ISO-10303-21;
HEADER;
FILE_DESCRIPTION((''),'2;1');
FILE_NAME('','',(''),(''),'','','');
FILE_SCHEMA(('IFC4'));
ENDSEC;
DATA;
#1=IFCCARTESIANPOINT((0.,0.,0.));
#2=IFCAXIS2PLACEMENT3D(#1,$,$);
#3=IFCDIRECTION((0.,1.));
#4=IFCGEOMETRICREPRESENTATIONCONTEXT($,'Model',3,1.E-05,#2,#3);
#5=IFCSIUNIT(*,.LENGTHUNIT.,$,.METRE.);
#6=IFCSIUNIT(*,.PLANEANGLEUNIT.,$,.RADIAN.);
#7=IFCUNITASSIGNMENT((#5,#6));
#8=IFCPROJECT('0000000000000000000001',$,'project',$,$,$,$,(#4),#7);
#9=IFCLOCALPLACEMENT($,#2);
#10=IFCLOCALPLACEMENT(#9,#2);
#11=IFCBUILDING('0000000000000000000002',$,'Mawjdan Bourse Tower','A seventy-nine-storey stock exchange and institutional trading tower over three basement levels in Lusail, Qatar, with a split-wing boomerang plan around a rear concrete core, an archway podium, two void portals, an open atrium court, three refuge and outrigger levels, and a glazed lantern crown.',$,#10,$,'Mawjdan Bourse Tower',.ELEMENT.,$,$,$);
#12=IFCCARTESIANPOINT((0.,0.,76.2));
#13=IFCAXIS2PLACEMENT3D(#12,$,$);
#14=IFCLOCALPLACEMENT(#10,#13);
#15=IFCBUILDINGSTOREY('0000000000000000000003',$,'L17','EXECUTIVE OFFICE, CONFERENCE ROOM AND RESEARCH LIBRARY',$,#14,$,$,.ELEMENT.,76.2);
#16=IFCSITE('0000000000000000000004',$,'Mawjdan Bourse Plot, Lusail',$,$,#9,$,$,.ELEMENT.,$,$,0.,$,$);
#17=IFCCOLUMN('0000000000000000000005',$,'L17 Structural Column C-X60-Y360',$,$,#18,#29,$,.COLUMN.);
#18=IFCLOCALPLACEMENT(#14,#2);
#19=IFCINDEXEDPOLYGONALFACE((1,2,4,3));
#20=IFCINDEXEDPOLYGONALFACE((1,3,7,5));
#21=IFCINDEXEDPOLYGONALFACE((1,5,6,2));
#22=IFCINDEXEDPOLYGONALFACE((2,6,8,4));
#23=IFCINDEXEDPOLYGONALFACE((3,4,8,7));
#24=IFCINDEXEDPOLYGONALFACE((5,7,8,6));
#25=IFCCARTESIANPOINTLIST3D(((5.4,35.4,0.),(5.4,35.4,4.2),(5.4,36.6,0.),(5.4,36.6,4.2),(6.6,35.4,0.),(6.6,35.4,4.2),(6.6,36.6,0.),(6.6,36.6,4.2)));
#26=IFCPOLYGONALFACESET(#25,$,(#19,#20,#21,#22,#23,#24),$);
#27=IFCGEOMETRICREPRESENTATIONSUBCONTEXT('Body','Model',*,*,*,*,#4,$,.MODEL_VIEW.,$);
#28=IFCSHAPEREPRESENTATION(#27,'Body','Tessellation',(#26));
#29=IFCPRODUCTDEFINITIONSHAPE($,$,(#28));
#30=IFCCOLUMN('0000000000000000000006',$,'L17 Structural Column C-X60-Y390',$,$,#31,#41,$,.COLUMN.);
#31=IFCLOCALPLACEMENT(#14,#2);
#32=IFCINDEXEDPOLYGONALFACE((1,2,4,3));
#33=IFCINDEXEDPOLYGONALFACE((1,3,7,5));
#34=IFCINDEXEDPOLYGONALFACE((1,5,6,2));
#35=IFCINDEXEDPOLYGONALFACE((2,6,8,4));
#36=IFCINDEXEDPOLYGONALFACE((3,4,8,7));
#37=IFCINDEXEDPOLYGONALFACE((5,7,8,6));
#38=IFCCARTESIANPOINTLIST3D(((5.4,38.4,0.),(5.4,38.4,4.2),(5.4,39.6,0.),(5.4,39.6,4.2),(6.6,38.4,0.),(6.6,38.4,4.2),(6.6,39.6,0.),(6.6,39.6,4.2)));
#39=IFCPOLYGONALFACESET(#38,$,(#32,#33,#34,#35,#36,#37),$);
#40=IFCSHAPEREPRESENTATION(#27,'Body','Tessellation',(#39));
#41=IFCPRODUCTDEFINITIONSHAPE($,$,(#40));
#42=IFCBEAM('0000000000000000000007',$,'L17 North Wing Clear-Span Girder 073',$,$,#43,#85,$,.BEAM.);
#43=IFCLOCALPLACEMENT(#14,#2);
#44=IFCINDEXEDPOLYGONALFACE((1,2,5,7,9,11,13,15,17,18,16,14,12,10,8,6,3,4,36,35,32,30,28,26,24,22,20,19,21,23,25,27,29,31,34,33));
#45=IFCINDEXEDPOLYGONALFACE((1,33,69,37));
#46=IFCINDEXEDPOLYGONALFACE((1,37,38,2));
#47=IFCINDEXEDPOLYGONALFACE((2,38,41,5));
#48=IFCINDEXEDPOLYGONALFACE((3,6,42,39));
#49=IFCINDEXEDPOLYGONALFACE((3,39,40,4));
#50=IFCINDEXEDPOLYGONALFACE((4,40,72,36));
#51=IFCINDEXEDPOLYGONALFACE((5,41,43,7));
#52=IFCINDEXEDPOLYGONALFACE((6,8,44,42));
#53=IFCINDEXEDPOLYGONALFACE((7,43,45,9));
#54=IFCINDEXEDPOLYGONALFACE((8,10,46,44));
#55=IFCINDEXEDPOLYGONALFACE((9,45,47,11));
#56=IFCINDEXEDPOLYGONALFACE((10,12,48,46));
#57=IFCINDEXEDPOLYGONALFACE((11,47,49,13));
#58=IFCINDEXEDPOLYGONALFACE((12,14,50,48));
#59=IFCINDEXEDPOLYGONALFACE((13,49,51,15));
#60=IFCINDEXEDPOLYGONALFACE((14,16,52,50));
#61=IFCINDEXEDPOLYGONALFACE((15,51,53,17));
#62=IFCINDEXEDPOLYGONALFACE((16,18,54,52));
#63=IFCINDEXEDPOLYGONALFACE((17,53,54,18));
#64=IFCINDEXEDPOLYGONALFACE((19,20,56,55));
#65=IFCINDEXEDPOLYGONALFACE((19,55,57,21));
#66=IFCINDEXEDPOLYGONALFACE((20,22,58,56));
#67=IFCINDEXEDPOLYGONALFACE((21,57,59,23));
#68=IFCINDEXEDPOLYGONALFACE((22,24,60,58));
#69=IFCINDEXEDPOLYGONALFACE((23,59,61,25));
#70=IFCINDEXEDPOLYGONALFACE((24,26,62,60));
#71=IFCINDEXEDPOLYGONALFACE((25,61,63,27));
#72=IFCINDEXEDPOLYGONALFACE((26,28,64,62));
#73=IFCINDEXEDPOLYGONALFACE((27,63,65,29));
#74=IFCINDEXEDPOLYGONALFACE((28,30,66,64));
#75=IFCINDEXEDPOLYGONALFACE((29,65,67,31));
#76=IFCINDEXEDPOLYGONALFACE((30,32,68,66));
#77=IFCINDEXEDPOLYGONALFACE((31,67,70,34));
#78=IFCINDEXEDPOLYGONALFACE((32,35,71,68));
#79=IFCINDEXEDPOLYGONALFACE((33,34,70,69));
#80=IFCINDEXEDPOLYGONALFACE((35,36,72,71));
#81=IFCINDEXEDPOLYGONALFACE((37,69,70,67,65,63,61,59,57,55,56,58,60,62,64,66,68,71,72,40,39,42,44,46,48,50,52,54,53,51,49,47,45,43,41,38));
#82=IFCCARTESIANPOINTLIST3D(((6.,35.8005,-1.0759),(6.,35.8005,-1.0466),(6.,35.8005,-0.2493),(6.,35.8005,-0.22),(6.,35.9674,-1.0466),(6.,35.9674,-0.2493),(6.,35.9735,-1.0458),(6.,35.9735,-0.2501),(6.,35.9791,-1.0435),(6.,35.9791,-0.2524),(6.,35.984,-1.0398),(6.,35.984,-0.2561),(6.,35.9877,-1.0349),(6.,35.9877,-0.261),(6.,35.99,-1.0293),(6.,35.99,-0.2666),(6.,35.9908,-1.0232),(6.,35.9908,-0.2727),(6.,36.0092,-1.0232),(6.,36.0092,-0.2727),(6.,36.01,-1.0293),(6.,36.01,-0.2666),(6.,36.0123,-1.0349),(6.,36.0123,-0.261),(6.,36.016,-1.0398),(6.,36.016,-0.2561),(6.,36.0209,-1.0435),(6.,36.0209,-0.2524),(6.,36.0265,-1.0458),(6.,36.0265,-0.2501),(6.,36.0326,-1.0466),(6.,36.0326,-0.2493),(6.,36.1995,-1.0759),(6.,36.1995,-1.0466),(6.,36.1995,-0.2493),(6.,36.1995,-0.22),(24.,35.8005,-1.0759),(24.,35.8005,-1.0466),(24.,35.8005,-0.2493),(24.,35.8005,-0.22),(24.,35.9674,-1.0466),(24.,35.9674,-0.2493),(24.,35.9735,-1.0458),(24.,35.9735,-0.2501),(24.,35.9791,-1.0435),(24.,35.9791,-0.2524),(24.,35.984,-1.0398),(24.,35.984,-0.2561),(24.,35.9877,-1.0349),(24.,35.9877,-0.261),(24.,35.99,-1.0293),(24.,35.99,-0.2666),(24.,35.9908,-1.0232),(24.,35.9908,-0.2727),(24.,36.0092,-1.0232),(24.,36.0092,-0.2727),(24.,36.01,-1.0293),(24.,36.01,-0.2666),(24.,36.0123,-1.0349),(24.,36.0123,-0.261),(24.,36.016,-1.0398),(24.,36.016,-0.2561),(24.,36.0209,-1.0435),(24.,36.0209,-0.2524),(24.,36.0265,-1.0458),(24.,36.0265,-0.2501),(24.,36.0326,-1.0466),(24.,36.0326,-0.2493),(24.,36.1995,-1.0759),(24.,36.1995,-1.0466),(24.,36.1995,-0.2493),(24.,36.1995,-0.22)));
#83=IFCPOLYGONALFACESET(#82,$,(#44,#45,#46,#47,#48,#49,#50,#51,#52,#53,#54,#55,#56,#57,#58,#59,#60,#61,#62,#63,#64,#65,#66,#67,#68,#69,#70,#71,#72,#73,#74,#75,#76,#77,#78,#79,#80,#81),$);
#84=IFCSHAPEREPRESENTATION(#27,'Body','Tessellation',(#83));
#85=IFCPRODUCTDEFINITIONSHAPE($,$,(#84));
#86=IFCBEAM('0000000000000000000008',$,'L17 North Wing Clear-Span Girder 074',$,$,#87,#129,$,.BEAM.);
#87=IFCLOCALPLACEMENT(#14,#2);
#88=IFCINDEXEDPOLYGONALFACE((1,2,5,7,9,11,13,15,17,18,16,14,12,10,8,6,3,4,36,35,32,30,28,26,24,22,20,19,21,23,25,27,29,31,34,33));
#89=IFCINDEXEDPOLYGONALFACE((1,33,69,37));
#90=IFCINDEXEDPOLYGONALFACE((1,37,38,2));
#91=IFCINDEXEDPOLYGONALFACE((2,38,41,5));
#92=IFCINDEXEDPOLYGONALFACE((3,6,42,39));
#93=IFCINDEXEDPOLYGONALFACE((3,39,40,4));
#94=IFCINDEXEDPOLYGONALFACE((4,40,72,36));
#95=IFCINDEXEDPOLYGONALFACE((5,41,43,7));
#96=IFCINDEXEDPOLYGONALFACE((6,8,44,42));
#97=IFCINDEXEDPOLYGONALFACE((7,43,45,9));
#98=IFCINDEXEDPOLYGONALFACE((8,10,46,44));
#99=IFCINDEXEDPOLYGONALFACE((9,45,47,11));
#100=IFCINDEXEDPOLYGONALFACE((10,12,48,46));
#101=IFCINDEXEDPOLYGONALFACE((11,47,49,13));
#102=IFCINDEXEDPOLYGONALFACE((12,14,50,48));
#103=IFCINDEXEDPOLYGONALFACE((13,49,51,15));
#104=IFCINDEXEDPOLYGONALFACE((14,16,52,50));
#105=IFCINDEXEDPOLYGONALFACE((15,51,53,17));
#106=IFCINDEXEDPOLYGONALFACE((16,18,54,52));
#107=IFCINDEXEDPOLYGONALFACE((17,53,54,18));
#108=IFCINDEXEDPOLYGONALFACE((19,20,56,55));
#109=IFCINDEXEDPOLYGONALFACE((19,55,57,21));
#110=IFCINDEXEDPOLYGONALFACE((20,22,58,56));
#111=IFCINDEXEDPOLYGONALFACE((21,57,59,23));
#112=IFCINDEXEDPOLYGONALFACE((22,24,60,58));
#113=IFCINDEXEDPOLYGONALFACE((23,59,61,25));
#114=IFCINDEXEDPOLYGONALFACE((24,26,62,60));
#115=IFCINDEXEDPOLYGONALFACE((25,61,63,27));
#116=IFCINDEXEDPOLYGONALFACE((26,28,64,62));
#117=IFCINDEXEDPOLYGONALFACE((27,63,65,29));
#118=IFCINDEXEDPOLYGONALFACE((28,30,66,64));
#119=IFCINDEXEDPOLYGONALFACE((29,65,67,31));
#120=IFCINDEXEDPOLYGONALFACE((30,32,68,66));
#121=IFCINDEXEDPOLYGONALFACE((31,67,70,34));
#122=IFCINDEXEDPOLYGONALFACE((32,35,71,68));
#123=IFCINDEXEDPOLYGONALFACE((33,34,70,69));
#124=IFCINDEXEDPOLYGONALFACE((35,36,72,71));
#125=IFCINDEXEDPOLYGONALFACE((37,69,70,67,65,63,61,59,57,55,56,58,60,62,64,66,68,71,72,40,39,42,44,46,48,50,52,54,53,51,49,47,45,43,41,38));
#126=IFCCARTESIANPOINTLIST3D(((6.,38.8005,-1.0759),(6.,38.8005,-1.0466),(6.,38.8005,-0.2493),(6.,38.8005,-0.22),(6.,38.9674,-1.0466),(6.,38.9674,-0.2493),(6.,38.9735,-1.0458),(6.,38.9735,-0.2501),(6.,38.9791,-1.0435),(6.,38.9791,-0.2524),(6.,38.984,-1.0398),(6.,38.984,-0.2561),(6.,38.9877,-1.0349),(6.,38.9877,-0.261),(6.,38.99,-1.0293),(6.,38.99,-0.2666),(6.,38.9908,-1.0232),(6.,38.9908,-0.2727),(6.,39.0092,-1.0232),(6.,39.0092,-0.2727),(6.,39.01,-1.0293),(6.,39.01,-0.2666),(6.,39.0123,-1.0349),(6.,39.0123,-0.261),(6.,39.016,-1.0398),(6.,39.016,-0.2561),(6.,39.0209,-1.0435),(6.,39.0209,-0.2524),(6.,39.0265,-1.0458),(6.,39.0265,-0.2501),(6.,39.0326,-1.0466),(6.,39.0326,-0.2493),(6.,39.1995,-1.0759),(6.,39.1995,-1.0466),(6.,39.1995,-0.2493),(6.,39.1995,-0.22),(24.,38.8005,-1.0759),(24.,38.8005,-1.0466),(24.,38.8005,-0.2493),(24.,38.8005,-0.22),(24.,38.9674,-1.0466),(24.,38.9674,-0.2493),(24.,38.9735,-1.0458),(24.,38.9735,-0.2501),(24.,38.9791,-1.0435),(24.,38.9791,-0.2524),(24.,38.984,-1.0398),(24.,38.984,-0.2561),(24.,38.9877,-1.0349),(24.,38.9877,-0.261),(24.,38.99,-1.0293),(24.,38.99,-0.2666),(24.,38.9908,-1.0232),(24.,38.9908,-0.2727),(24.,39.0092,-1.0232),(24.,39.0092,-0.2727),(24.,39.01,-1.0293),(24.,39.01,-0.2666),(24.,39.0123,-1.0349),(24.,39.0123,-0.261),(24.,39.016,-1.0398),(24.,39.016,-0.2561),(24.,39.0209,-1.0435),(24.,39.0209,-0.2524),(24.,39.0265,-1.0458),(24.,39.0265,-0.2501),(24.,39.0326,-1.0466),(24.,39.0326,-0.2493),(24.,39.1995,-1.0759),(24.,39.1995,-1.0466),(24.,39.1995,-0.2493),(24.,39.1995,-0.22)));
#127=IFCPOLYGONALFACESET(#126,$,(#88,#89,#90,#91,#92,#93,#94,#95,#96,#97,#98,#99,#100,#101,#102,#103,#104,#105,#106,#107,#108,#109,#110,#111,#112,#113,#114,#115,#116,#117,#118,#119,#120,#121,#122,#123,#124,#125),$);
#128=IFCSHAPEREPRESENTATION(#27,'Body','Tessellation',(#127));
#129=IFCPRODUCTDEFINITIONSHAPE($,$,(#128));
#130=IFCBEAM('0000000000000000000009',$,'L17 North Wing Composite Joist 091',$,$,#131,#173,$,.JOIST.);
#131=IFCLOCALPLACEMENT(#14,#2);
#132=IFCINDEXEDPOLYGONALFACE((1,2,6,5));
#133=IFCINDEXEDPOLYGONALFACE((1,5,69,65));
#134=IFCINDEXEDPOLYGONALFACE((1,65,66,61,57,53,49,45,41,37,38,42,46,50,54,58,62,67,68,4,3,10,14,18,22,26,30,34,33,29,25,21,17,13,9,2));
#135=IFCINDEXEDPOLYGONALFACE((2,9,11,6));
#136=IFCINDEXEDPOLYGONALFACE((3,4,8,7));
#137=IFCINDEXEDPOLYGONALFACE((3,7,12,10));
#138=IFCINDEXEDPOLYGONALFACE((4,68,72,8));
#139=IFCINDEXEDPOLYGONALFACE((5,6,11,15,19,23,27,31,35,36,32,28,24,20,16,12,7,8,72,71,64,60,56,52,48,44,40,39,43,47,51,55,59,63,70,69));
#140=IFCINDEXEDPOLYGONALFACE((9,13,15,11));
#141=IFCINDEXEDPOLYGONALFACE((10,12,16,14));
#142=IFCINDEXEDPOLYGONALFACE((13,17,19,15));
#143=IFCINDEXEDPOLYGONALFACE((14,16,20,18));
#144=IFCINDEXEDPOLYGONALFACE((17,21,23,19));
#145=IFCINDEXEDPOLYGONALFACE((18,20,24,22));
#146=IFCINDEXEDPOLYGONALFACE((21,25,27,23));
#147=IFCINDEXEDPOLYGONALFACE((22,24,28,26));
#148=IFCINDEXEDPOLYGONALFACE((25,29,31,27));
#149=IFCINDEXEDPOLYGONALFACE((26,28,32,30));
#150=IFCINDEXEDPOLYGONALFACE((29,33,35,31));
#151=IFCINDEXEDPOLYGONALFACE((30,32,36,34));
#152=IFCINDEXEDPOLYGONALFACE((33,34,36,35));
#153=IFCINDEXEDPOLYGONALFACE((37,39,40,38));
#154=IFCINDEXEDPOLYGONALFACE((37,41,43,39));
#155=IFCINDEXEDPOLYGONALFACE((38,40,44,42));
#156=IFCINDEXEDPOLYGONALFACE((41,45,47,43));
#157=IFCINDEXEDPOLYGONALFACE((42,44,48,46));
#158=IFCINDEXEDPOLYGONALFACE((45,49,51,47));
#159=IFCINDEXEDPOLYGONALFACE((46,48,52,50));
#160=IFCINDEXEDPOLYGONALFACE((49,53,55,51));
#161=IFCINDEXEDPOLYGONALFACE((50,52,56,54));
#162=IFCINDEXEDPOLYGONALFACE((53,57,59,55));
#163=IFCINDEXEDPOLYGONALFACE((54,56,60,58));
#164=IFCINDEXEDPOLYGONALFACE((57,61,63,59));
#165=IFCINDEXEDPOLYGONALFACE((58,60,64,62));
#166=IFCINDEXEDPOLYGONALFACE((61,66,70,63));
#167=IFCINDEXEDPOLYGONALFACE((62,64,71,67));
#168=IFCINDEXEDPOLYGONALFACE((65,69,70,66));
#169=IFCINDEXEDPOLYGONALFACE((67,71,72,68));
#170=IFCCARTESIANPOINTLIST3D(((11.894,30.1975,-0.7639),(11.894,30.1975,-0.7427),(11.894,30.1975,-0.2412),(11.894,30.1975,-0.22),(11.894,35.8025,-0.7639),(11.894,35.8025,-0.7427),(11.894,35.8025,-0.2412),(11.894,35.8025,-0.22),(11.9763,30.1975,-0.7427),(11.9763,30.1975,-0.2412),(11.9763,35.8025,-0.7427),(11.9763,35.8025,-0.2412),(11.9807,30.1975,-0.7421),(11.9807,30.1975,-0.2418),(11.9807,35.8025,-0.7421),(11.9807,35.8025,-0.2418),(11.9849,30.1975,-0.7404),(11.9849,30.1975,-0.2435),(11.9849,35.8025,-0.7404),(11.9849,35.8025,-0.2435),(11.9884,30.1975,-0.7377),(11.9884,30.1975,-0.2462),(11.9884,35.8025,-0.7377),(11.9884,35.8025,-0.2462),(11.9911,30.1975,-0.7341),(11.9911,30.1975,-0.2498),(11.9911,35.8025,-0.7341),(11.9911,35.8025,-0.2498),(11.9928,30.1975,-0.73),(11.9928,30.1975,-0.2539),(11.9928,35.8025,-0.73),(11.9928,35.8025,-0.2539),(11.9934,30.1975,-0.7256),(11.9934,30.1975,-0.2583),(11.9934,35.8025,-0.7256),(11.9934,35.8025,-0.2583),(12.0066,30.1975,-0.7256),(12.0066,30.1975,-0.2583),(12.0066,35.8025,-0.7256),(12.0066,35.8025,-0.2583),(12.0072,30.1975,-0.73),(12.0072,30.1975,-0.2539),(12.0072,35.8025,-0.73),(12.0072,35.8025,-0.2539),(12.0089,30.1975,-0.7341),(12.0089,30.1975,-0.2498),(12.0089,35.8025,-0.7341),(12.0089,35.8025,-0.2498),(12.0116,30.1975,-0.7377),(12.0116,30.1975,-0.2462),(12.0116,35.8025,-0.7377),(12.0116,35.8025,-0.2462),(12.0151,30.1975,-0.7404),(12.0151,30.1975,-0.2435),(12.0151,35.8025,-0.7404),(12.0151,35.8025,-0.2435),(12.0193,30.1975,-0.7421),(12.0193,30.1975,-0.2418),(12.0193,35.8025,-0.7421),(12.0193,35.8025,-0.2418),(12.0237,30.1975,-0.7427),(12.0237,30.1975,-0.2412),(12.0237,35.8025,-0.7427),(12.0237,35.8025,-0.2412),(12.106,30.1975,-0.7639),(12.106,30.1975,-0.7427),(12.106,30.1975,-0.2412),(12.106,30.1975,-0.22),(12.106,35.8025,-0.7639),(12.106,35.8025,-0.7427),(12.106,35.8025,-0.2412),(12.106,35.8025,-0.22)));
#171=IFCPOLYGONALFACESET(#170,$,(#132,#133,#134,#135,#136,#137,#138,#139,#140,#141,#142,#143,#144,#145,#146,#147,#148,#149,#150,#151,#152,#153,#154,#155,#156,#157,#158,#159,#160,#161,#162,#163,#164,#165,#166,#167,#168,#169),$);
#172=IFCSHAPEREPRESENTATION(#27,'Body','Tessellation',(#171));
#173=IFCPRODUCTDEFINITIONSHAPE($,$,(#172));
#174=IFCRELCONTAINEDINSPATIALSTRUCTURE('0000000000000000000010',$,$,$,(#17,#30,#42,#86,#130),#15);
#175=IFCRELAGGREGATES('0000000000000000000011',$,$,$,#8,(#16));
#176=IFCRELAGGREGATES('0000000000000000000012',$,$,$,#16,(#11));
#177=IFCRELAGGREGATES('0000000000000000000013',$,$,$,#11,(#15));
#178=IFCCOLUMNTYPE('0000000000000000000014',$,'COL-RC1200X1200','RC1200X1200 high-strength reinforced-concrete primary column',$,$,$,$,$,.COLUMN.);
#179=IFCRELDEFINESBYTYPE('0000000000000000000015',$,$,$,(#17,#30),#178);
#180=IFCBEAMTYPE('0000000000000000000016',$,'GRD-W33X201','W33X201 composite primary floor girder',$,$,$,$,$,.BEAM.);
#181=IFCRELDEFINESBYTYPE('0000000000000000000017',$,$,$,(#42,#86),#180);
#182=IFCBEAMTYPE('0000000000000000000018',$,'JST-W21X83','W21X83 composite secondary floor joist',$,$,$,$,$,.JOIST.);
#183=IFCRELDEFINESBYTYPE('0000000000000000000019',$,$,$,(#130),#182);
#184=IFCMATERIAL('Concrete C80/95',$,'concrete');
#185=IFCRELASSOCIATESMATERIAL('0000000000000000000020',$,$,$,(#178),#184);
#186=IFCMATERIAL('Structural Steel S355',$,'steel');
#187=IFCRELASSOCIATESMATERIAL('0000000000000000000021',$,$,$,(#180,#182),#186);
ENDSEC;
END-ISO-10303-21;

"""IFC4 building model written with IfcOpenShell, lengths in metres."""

from ifc_helpers import new_model, si_unit, direction, frame, origin, origin_2d, place, context, subcontext, project, spatial, rectangle, i_section, extrude, material, material_profile, profile_set, type_object, element, save


model = new_model("IFC4")

# Units and contexts
model_context = context("Model", 3, precision=1e-05, world=origin(), true_north=direction((0.0, 1.0)))
body_context = subcontext(model_context, "Body", "Model", "MODEL_VIEW")
ifc_project = project(units=[si_unit("LENGTHUNIT", "METRE"), si_unit("PLANEANGLEUNIT", "RADIAN")], contexts=[model_context])

# Site, building, storey
site_placement = place(None, origin())
site = spatial("IfcSite", under=ifc_project, at=site_placement, Name="Mawjdan Bourse Plot, Lusail", CompositionType="ELEMENT", RefElevation=0.0)
building_placement = place(site_placement, origin())
building = spatial("IfcBuilding", under=site, at=building_placement, Name="Mawjdan Bourse Tower", Description="A seventy-nine-storey stock exchange and institutional trading tower over three basement levels in Lusail, Qatar, with a split-wing boomerang plan around a rear concrete core, an archway podium, two void portals, an open atrium court, three refuge and outrigger levels, and a glazed lantern crown.", LongName="Mawjdan Bourse Tower", CompositionType="ELEMENT")
storey_placement = place(building_placement, frame((0.0, 0.0, 76.2)))
storey = spatial("IfcBuildingStorey", under=building, at=storey_placement, Name="L17", Description="EXECUTIVE OFFICE, CONFERENCE ROOM AND RESEARCH LIBRARY", CompositionType="ELEMENT", Elevation=76.2)

# Columns
ifc_material_1 = material(Name="Concrete C80/95", Category="concrete")
ifc_material_profile_1 = material_profile(ifc_material_1, rectangle(XDim=1.2, YDim=1.2, at=origin_2d()), Name="RC1200X1200")
ifc_profile_set_1 = profile_set([ifc_material_profile_1], Name="Concrete C80/95")
column_type = type_object("IfcColumnType", Name="COL-RC1200X1200", Description="RC1200X1200 high-strength reinforced-concrete primary column", PredefinedType="COLUMN", material=ifc_profile_set_1)
for number, where, z_axis, x_axis, name in (
    (1, (6.0, 36.0, 0.0), (0.0, 0.0, 1.0), (1.0, 0.0, 0.0), "L17 Structural Column C-X60-Y360"),
    (2, (6.0, 39.0, 0.0), (0.0, 0.0, 1.0), (1.0, 0.0, 0.0), "L17 Structural Column C-X60-Y390"),
):
    element("IfcColumn", number, at=place(storey_placement, frame(where, z_axis=z_axis, x_axis=x_axis)), inside=storey, type_object=column_type, Name=name, PredefinedType="COLUMN", context=body_context, shape_type="SweptSolid", body=[
        extrude(rectangle(XDim=1.2, YDim=1.2, at=origin_2d()), origin(), (0.0, 0.0, 1.0), 4.2),
    ])

# Beams
ifc_material_2 = material(Name="Structural Steel S355", Category="steel")
ifc_material_profile_2 = material_profile(ifc_material_2, i_section(OverallWidth=0.3989, OverallDepth=0.856, WebThickness=0.0183, FlangeThickness=0.0293, FilletRadius=0.0234, at=origin_2d()), Name="W33X201")
ifc_profile_set_2 = profile_set([ifc_material_profile_2], Name="Structural Steel S355")
beam_type_1 = type_object("IfcBeamType", Name="GRD-W33X201", Description="W33X201 composite primary floor girder", PredefinedType="BEAM", material=ifc_profile_set_2)
for number, where, z_axis, x_axis, name in (
    (3, (6.0, 36.0, -0.6479), (1.0, 0.0, 0.0), (0.0, 1.0, 0.0), "L17 North Wing Clear-Span Girder 073"),
    (4, (6.0, 39.0, -0.6479), (1.0, 0.0, 0.0), (0.0, 1.0, 0.0), "L17 North Wing Clear-Span Girder 074"),
):
    element("IfcBeam", number, at=place(storey_placement, frame(where, z_axis=z_axis, x_axis=x_axis)), inside=storey, type_object=beam_type_1, Name=name, PredefinedType="BEAM", context=body_context, shape_type="SweptSolid", body=[
        extrude(i_section(OverallWidth=0.3989, OverallDepth=0.856, WebThickness=0.0183, FlangeThickness=0.0293, FilletRadius=0.0234, at=origin_2d()), origin(), (0.0, 0.0, 1.0), 18.0),
    ])
ifc_material_profile_3 = material_profile(ifc_material_2, i_section(OverallWidth=0.2119, OverallDepth=0.5439, WebThickness=0.0132, FlangeThickness=0.0212, FilletRadius=0.0171, at=origin_2d()), Name="W21X83")
ifc_profile_set_3 = profile_set([ifc_material_profile_3], Name="Structural Steel S355")
beam_type_2 = type_object("IfcBeamType", Name="JST-W21X83", Description="W21X83 composite secondary floor joist", PredefinedType="JOIST", material=ifc_profile_set_3)
beam_1_placement = place(storey_placement, frame((12.0, 30.1975, -0.4919), z_axis=(0.0, 1.0, 0.0), x_axis=(-1.0, 0.0, 0.0)))
element("IfcBeam", 5, at=beam_1_placement, inside=storey, type_object=beam_type_2, Name="L17 North Wing Composite Joist 091", PredefinedType="JOIST", context=body_context, shape_type="SweptSolid", body=[
    extrude(i_section(OverallWidth=0.2119, OverallDepth=0.5439, WebThickness=0.0132, FlangeThickness=0.0212, FilletRadius=0.0171, at=origin_2d()), origin(), (0.0, 0.0, 1.0), 5.605),
])

save(model, "model.ifc")
